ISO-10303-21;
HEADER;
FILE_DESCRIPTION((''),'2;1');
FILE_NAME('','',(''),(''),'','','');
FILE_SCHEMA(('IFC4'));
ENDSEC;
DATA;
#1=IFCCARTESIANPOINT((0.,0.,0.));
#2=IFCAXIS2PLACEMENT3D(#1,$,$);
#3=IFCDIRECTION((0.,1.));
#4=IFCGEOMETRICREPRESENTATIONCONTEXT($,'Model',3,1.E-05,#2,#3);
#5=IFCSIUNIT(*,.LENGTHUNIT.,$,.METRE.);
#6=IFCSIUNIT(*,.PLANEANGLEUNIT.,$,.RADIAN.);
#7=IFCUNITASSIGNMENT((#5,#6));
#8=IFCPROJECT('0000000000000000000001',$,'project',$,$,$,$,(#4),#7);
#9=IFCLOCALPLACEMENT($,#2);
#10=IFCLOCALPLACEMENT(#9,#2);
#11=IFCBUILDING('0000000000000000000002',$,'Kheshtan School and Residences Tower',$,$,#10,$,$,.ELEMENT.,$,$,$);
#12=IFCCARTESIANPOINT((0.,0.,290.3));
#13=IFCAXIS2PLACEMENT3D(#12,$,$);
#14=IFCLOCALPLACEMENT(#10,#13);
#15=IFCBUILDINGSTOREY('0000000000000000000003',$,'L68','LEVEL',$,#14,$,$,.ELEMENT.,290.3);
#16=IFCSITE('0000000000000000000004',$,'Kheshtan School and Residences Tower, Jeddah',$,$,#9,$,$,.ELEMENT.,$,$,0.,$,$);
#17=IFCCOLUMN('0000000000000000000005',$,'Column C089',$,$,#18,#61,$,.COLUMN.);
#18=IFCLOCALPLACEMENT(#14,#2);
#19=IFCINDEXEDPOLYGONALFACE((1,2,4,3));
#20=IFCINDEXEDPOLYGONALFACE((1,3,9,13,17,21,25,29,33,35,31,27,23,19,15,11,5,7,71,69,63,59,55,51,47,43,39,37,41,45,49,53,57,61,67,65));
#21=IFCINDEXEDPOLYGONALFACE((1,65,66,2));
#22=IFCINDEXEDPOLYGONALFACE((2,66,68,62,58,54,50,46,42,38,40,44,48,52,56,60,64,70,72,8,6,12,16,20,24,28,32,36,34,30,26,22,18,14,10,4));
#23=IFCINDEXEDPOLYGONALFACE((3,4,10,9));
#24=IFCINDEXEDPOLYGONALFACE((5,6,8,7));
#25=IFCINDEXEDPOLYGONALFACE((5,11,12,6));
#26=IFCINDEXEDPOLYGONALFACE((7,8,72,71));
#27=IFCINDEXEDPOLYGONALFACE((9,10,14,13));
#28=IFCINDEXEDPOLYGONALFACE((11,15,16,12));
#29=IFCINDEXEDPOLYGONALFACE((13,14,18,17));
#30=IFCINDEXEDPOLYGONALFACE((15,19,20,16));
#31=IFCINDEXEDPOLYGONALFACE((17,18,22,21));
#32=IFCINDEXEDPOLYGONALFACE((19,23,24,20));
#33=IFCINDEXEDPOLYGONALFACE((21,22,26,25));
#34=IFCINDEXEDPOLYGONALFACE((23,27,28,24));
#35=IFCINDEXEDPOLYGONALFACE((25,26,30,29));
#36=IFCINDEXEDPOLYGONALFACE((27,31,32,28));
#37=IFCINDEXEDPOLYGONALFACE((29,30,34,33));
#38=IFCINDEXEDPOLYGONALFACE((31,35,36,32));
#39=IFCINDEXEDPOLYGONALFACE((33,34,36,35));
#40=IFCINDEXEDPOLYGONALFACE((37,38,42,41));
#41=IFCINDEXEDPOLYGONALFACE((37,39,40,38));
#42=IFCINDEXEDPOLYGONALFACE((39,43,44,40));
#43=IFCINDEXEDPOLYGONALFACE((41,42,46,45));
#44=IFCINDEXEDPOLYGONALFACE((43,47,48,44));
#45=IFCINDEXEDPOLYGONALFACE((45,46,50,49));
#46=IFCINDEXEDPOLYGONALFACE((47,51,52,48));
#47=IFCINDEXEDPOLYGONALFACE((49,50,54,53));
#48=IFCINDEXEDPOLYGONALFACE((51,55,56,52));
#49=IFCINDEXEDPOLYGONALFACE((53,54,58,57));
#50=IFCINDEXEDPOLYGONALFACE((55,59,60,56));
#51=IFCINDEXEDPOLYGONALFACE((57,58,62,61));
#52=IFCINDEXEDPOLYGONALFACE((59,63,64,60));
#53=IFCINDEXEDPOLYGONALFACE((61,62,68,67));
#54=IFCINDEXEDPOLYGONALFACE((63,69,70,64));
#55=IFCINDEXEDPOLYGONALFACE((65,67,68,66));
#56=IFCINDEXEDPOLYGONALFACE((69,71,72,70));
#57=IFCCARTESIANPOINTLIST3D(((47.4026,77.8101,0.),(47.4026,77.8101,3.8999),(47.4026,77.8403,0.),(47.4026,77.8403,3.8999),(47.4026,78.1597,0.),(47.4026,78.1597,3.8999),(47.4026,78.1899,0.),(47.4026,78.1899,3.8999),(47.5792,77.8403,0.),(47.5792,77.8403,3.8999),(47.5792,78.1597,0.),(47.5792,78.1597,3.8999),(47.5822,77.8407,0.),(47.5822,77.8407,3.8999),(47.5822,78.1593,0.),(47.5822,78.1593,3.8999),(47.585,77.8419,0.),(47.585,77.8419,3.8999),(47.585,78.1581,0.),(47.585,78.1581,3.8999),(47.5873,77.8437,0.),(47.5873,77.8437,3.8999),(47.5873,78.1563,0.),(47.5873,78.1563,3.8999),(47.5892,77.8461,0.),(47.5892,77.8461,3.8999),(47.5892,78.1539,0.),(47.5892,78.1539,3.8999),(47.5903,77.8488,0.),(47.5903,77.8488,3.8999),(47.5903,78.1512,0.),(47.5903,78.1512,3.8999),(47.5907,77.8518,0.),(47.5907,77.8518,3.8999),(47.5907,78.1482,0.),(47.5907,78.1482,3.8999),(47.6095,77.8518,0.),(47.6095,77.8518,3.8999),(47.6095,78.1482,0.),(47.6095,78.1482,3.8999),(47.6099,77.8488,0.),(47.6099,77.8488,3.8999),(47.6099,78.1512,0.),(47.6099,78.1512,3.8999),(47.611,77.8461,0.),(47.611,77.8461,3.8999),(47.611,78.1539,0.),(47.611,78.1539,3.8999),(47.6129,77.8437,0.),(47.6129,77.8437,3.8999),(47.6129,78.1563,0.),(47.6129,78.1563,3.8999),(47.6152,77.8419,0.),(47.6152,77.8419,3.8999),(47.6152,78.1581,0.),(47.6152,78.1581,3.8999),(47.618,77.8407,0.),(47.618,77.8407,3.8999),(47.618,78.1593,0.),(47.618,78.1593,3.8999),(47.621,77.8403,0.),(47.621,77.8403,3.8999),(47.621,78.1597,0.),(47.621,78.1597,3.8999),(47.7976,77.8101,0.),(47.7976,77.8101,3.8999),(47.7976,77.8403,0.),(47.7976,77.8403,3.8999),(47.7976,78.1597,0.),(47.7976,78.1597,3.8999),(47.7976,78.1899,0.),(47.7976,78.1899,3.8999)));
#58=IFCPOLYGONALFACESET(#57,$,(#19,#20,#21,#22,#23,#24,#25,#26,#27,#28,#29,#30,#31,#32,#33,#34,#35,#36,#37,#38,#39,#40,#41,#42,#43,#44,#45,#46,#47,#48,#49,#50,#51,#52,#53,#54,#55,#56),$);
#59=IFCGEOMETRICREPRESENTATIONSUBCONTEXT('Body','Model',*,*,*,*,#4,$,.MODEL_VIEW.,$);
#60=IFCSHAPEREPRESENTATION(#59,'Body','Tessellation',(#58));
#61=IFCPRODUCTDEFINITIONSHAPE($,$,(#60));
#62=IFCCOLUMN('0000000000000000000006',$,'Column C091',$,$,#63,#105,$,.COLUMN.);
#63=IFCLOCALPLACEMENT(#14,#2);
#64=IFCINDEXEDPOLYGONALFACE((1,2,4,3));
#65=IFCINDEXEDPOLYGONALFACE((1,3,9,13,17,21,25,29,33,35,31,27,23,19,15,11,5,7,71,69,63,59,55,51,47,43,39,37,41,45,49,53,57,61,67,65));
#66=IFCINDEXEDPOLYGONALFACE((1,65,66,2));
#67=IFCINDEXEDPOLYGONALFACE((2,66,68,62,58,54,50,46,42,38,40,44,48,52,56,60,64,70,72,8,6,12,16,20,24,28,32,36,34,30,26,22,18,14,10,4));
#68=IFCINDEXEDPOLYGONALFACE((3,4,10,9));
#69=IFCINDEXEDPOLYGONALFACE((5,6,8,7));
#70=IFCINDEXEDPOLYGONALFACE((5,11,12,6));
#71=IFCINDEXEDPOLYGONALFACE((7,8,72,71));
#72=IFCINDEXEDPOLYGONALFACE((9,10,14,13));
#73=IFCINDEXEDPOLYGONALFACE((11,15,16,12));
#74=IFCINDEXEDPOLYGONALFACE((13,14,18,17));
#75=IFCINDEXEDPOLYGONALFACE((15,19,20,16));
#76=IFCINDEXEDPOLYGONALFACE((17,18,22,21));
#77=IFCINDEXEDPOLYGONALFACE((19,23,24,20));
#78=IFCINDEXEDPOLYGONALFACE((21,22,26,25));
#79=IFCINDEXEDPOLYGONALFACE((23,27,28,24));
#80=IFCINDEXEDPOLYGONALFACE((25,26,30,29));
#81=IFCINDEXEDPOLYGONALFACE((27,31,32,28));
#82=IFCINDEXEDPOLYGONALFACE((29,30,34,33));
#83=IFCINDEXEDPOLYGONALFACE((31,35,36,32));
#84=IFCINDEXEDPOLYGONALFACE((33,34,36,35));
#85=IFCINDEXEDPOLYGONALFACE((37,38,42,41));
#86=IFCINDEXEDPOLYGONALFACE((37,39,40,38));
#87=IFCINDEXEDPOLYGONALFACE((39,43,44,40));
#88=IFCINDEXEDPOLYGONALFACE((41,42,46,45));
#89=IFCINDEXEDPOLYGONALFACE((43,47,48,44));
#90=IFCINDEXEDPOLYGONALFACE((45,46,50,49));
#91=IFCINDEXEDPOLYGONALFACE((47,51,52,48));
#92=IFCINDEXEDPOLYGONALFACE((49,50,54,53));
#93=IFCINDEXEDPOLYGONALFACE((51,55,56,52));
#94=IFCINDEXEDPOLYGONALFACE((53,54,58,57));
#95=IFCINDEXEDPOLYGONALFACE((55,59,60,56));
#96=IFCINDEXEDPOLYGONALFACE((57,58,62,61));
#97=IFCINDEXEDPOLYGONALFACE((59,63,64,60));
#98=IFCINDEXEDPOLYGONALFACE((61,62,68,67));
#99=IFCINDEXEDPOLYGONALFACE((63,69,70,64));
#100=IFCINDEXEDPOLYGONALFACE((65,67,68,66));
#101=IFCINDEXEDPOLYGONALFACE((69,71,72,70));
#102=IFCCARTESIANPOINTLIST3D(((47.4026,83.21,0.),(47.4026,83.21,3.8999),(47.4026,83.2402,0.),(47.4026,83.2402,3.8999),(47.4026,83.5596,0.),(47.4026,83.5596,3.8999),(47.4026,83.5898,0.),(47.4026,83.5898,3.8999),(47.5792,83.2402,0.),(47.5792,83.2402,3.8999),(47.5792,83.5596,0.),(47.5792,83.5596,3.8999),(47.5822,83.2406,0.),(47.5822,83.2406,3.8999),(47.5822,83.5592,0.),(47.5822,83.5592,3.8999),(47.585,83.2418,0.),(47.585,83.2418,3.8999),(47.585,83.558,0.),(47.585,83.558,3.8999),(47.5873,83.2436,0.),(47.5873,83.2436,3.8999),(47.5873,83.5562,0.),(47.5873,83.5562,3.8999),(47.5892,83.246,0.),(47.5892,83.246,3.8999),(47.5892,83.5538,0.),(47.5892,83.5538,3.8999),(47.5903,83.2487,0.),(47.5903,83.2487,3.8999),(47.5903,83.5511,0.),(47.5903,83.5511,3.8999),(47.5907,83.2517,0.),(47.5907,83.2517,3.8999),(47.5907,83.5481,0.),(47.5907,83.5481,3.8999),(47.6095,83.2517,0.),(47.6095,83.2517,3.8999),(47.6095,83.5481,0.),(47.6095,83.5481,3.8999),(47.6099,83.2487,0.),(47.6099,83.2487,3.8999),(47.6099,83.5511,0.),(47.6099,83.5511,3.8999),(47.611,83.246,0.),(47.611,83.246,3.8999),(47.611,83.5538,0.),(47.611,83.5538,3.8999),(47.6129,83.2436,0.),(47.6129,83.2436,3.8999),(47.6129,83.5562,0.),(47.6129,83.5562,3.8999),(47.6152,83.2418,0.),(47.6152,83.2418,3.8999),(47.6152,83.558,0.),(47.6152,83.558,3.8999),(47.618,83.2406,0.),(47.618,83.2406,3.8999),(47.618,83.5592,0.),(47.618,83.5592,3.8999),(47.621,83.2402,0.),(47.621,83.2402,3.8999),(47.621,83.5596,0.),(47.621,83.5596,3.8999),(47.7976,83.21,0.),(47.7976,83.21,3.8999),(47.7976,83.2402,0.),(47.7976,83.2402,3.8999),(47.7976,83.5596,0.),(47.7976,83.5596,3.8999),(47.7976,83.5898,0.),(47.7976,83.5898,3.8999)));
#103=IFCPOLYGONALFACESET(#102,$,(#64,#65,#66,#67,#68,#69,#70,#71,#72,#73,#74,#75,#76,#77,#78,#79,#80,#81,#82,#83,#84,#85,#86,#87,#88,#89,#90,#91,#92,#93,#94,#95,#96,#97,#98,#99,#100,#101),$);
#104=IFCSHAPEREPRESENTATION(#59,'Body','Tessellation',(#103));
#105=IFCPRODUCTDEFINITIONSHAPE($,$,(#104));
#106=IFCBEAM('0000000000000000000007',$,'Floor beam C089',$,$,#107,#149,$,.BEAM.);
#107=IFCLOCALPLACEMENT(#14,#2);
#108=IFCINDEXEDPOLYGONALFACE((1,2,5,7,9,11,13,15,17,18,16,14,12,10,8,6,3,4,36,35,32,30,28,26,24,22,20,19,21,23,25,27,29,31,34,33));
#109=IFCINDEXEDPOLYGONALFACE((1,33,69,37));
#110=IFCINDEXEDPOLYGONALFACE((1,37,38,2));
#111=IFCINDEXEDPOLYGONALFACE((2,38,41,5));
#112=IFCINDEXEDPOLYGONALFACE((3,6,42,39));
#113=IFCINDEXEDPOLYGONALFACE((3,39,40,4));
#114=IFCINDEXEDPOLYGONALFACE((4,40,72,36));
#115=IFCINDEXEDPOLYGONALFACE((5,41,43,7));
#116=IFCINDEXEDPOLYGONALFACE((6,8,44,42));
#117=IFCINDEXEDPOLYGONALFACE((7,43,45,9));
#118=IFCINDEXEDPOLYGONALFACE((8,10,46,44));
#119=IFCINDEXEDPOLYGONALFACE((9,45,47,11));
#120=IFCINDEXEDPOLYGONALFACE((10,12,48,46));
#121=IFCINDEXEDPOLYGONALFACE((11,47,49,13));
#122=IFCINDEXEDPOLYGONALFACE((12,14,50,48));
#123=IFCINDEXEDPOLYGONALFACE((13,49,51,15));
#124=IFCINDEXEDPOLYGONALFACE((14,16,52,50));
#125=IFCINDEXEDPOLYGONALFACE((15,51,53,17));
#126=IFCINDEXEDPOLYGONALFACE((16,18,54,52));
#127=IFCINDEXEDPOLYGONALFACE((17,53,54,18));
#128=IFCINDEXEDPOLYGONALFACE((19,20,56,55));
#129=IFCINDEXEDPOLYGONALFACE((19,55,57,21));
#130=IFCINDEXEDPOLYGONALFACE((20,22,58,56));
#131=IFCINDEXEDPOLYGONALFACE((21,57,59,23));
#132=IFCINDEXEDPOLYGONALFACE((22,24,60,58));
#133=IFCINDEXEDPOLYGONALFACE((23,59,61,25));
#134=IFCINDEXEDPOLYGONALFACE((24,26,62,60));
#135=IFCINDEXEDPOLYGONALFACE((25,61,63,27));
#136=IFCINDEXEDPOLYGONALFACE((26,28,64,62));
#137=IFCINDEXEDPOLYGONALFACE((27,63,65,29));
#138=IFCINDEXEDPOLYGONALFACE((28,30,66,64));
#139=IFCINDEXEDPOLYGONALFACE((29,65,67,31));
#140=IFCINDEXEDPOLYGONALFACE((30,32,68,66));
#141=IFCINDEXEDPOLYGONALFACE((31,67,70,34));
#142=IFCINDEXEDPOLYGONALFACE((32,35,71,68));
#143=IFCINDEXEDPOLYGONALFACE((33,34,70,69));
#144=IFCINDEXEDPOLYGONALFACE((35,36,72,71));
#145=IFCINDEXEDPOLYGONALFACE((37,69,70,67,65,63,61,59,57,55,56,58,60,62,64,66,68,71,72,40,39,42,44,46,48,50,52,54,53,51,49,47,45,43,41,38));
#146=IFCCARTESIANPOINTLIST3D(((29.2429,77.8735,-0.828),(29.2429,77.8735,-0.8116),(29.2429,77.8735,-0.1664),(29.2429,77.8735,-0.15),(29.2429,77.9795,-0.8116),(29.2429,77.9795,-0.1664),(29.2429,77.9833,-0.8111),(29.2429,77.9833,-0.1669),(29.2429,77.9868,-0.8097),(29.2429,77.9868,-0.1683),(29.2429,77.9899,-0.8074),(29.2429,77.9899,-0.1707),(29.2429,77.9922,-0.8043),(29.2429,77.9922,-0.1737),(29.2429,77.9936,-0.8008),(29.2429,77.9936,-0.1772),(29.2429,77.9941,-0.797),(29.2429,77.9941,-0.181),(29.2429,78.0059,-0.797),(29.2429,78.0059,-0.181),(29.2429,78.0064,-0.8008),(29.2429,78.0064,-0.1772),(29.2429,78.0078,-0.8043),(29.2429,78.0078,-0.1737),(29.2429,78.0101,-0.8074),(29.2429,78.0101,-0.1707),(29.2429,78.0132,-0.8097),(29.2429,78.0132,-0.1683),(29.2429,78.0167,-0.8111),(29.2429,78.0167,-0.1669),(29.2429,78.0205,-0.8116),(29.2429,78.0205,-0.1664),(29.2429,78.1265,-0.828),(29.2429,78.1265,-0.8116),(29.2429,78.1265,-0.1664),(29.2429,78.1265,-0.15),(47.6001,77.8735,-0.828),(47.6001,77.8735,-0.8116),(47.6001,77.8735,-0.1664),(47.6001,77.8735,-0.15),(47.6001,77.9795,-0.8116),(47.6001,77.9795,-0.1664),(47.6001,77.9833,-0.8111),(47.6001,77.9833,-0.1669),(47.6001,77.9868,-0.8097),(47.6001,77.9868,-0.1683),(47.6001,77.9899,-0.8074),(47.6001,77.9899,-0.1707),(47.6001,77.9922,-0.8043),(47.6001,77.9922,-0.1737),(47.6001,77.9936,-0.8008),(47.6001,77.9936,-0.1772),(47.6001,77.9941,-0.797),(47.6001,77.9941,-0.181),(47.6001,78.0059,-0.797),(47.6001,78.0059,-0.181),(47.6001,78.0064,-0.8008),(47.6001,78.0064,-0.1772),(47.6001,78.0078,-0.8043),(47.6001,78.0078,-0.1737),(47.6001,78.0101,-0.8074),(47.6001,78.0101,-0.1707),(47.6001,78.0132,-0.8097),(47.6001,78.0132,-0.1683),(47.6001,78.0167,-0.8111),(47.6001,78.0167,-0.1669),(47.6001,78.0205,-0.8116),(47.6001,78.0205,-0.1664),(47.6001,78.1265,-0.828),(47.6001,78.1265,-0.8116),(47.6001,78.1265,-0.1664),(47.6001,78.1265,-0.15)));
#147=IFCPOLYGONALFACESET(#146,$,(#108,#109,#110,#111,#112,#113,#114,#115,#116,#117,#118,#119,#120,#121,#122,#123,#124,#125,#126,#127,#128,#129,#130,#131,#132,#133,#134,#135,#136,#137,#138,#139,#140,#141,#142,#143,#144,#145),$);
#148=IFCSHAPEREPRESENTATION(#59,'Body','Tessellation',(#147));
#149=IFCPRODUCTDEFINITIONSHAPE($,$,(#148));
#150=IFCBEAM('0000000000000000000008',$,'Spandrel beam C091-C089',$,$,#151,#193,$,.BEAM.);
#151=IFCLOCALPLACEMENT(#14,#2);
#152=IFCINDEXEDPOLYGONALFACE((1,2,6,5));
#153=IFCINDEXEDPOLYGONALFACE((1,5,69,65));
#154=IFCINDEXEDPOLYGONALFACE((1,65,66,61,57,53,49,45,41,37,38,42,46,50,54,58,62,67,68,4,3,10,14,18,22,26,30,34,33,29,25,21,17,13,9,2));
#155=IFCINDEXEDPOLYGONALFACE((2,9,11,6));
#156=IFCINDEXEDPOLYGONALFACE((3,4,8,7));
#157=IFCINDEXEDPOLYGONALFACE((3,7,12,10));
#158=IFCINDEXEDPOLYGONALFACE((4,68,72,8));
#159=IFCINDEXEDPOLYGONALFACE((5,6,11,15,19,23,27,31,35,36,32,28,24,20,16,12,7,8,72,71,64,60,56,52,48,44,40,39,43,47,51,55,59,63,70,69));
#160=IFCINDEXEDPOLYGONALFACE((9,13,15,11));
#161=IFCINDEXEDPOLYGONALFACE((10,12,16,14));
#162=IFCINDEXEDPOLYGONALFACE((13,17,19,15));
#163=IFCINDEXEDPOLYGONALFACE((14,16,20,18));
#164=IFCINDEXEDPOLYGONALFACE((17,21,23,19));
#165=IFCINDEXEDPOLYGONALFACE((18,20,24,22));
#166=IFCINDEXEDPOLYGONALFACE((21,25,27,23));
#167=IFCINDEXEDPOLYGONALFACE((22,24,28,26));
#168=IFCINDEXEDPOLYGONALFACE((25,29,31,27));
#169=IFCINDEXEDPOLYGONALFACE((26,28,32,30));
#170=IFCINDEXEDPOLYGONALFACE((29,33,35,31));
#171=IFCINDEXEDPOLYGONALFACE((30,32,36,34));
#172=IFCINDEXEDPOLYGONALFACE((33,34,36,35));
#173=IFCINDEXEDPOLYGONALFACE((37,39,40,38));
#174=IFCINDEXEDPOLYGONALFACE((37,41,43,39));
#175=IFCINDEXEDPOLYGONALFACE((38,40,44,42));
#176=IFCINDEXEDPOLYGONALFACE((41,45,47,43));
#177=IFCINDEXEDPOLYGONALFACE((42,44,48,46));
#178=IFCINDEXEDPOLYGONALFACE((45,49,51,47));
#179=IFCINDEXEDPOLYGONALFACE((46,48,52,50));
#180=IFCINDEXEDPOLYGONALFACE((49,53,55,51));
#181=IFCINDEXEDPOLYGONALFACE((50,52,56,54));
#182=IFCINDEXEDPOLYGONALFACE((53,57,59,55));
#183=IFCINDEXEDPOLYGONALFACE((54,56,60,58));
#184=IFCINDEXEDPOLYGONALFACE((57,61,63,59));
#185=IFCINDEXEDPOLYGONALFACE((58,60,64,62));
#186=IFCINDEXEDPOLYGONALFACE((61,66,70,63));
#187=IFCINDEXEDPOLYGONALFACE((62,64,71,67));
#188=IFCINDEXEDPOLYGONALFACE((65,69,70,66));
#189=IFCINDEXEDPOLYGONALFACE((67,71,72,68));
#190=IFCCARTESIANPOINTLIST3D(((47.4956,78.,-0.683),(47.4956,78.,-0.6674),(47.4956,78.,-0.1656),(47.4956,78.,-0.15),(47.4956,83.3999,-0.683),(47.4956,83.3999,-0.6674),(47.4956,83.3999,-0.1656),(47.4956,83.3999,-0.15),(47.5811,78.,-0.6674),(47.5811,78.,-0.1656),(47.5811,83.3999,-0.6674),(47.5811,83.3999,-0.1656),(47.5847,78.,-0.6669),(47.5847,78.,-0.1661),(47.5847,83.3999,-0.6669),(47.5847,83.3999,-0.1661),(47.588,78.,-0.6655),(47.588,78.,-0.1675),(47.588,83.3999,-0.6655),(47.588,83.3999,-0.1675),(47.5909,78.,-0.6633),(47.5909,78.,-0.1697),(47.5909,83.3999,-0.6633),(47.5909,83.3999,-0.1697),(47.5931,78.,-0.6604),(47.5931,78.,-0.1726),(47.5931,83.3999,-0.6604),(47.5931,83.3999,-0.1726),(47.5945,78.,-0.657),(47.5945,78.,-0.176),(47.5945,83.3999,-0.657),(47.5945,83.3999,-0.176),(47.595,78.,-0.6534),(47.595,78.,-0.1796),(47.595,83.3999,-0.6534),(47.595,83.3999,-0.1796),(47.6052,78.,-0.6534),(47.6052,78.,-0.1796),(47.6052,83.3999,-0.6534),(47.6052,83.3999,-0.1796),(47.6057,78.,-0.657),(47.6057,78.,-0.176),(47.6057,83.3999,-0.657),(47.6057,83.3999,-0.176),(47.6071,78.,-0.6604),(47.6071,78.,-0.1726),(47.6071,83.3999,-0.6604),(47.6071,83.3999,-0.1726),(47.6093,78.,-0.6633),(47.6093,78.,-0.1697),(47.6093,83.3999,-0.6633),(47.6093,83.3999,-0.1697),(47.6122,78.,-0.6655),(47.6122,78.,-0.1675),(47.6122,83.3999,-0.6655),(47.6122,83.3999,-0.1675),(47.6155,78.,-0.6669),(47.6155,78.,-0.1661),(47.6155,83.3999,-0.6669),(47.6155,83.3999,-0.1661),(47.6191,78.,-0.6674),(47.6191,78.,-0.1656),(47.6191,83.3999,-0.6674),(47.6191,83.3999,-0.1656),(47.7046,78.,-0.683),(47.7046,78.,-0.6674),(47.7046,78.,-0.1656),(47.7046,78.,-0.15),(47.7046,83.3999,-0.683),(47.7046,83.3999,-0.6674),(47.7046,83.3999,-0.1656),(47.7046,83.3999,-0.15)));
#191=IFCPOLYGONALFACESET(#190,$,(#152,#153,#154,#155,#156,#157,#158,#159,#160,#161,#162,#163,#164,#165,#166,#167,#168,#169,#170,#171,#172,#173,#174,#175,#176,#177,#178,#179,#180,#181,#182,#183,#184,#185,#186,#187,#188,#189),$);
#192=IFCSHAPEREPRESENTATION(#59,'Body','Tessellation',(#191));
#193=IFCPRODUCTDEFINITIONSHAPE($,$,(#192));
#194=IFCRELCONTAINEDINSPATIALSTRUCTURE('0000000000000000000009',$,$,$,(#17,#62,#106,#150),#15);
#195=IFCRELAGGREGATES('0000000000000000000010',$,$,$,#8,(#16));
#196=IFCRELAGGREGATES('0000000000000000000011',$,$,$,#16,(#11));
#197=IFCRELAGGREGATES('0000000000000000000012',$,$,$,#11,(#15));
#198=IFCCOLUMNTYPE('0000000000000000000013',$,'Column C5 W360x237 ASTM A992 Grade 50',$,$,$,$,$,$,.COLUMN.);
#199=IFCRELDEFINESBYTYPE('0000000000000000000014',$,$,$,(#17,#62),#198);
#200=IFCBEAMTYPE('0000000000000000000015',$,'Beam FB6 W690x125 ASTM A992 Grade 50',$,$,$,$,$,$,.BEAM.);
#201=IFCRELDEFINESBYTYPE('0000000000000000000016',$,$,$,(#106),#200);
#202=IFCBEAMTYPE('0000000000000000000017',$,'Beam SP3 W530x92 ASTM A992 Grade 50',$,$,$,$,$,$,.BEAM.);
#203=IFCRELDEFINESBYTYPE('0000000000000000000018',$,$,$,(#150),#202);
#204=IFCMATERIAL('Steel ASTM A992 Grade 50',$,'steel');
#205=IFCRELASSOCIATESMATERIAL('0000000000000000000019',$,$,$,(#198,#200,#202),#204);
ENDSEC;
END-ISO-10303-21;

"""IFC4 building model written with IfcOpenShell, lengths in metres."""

from ifc_helpers import new_model, si_unit, direction, frame, origin, origin_2d, place, context, subcontext, project, spatial, i_section, extrude, material, material_profile, profile_set, type_object, element, save


model = new_model("IFC4")

# Units and contexts
model_context = context("Model", 3, precision=1e-05, world=origin(), true_north=direction((0.0, 1.0)))
body_context = subcontext(model_context, "Body", "Model", "MODEL_VIEW")
ifc_project = project(units=[si_unit("LENGTHUNIT", "METRE"), si_unit("PLANEANGLEUNIT", "RADIAN")], contexts=[model_context])

# Site, building, storey
site_placement = place(None, origin())
site = spatial("IfcSite", under=ifc_project, at=site_placement, Name="Kheshtan School and Residences Tower, Jeddah", CompositionType="ELEMENT", RefElevation=0.0)
building_placement = place(site_placement, origin())
building = spatial("IfcBuilding", under=site, at=building_placement, Name="Kheshtan School and Residences Tower", CompositionType="ELEMENT")
storey_placement = place(building_placement, frame((0.0, 0.0, 290.3)))
storey = spatial("IfcBuildingStorey", under=building, at=storey_placement, Name="L68", Description="LEVEL", CompositionType="ELEMENT", Elevation=290.3)

# Columns
ifc_material_1 = material(Name="Steel ASTM A992 Grade 50", Category="steel")
ifc_material_profile_1 = material_profile(ifc_material_1, i_section(OverallWidth=0.395, OverallDepth=0.3799, WebThickness=0.0188, FlangeThickness=0.0303, FilletRadius=0.0115, at=origin_2d()), Name="W360x237")
ifc_profile_set_1 = profile_set([ifc_material_profile_1], Name="Steel ASTM A992 Grade 50")
column_type = type_object("IfcColumnType", Name="Column C5 W360x237 ASTM A992 Grade 50", PredefinedType="COLUMN", material=ifc_profile_set_1)
for number, where, z_axis, x_axis, name in (
    (1, (47.6001, 78.0, 0.0), (0.0, 0.0, 1.0), (1.0, 0.0, 0.0), "Column C089"),
    (2, (47.6001, 83.3999, 0.0), (0.0, 0.0, 1.0), (1.0, 0.0, 0.0), "Column C091"),
):
    element("IfcColumn", number, at=place(storey_placement, frame(where, z_axis=z_axis, x_axis=x_axis)), inside=storey, type_object=column_type, Name=name, PredefinedType="COLUMN", context=body_context, shape_type="SweptSolid", body=[
        extrude(i_section(OverallWidth=0.395, OverallDepth=0.3799, WebThickness=0.0188, FlangeThickness=0.0303, FilletRadius=0.0115, at=origin_2d()), origin(), (0.0, 0.0, 1.0), 3.8999),
    ])

# Beams
ifc_material_profile_2 = material_profile(ifc_material_1, i_section(OverallWidth=0.2529, OverallDepth=0.678, WebThickness=0.0117, FlangeThickness=0.0164, FilletRadius=0.0146, at=origin_2d()), Name="W690x125")
ifc_profile_set_2 = profile_set([ifc_material_profile_2], Name="Steel ASTM A992 Grade 50")
beam_type_1 = type_object("IfcBeamType", Name="Beam FB6 W690x125 ASTM A992 Grade 50", PredefinedType="BEAM", material=ifc_profile_set_2)
beam_placement = place(storey_placement, frame((47.6001, 78.0, -0.489), z_axis=(-1.0, 0.0, 0.0), x_axis=(0.0, -1.0, 0.0)))
element("IfcBeam", 3, at=beam_placement, inside=storey, type_object=beam_type_1, Name="Floor beam C089", PredefinedType="BEAM", context=body_context, shape_type="SweptSolid", body=[
    extrude(i_section(OverallWidth=0.2529, OverallDepth=0.678, WebThickness=0.0117, FlangeThickness=0.0164, FilletRadius=0.0146, at=origin_2d()), origin(), (0.0, 0.0, 1.0), 18.3572),
])
ifc_material_profile_3 = material_profile(ifc_material_1, i_section(OverallWidth=0.209, OverallDepth=0.533, WebThickness=0.0103, FlangeThickness=0.0156, FilletRadius=0.0139, at=origin_2d()), Name="W530x92")
ifc_profile_set_3 = profile_set([ifc_material_profile_3], Name="Steel ASTM A992 Grade 50")
beam_type_2 = type_object("IfcBeamType", Name="Beam SP3 W530x92 ASTM A992 Grade 50", PredefinedType="BEAM", material=ifc_profile_set_3)
for number, where, z_axis, x_axis, name in (
    (4, (47.6001, 83.3999, -0.4165), (0.0, -1.0, 0.0), (1.0, 0.0, 0.0), "Spandrel beam C091-C089"),
):
    element("IfcBeam", number, at=place(storey_placement, frame(where, z_axis=z_axis, x_axis=x_axis)), inside=storey, type_object=beam_type_2, Name=name, PredefinedType="BEAM", context=body_context, shape_type="SweptSolid", body=[
        extrude(i_section(OverallWidth=0.209, OverallDepth=0.533, WebThickness=0.0103, FlangeThickness=0.0156, FilletRadius=0.0139, at=origin_2d()), origin(), (0.0, 0.0, 1.0), 5.3999),
    ])

save(model, "model.ifc")
